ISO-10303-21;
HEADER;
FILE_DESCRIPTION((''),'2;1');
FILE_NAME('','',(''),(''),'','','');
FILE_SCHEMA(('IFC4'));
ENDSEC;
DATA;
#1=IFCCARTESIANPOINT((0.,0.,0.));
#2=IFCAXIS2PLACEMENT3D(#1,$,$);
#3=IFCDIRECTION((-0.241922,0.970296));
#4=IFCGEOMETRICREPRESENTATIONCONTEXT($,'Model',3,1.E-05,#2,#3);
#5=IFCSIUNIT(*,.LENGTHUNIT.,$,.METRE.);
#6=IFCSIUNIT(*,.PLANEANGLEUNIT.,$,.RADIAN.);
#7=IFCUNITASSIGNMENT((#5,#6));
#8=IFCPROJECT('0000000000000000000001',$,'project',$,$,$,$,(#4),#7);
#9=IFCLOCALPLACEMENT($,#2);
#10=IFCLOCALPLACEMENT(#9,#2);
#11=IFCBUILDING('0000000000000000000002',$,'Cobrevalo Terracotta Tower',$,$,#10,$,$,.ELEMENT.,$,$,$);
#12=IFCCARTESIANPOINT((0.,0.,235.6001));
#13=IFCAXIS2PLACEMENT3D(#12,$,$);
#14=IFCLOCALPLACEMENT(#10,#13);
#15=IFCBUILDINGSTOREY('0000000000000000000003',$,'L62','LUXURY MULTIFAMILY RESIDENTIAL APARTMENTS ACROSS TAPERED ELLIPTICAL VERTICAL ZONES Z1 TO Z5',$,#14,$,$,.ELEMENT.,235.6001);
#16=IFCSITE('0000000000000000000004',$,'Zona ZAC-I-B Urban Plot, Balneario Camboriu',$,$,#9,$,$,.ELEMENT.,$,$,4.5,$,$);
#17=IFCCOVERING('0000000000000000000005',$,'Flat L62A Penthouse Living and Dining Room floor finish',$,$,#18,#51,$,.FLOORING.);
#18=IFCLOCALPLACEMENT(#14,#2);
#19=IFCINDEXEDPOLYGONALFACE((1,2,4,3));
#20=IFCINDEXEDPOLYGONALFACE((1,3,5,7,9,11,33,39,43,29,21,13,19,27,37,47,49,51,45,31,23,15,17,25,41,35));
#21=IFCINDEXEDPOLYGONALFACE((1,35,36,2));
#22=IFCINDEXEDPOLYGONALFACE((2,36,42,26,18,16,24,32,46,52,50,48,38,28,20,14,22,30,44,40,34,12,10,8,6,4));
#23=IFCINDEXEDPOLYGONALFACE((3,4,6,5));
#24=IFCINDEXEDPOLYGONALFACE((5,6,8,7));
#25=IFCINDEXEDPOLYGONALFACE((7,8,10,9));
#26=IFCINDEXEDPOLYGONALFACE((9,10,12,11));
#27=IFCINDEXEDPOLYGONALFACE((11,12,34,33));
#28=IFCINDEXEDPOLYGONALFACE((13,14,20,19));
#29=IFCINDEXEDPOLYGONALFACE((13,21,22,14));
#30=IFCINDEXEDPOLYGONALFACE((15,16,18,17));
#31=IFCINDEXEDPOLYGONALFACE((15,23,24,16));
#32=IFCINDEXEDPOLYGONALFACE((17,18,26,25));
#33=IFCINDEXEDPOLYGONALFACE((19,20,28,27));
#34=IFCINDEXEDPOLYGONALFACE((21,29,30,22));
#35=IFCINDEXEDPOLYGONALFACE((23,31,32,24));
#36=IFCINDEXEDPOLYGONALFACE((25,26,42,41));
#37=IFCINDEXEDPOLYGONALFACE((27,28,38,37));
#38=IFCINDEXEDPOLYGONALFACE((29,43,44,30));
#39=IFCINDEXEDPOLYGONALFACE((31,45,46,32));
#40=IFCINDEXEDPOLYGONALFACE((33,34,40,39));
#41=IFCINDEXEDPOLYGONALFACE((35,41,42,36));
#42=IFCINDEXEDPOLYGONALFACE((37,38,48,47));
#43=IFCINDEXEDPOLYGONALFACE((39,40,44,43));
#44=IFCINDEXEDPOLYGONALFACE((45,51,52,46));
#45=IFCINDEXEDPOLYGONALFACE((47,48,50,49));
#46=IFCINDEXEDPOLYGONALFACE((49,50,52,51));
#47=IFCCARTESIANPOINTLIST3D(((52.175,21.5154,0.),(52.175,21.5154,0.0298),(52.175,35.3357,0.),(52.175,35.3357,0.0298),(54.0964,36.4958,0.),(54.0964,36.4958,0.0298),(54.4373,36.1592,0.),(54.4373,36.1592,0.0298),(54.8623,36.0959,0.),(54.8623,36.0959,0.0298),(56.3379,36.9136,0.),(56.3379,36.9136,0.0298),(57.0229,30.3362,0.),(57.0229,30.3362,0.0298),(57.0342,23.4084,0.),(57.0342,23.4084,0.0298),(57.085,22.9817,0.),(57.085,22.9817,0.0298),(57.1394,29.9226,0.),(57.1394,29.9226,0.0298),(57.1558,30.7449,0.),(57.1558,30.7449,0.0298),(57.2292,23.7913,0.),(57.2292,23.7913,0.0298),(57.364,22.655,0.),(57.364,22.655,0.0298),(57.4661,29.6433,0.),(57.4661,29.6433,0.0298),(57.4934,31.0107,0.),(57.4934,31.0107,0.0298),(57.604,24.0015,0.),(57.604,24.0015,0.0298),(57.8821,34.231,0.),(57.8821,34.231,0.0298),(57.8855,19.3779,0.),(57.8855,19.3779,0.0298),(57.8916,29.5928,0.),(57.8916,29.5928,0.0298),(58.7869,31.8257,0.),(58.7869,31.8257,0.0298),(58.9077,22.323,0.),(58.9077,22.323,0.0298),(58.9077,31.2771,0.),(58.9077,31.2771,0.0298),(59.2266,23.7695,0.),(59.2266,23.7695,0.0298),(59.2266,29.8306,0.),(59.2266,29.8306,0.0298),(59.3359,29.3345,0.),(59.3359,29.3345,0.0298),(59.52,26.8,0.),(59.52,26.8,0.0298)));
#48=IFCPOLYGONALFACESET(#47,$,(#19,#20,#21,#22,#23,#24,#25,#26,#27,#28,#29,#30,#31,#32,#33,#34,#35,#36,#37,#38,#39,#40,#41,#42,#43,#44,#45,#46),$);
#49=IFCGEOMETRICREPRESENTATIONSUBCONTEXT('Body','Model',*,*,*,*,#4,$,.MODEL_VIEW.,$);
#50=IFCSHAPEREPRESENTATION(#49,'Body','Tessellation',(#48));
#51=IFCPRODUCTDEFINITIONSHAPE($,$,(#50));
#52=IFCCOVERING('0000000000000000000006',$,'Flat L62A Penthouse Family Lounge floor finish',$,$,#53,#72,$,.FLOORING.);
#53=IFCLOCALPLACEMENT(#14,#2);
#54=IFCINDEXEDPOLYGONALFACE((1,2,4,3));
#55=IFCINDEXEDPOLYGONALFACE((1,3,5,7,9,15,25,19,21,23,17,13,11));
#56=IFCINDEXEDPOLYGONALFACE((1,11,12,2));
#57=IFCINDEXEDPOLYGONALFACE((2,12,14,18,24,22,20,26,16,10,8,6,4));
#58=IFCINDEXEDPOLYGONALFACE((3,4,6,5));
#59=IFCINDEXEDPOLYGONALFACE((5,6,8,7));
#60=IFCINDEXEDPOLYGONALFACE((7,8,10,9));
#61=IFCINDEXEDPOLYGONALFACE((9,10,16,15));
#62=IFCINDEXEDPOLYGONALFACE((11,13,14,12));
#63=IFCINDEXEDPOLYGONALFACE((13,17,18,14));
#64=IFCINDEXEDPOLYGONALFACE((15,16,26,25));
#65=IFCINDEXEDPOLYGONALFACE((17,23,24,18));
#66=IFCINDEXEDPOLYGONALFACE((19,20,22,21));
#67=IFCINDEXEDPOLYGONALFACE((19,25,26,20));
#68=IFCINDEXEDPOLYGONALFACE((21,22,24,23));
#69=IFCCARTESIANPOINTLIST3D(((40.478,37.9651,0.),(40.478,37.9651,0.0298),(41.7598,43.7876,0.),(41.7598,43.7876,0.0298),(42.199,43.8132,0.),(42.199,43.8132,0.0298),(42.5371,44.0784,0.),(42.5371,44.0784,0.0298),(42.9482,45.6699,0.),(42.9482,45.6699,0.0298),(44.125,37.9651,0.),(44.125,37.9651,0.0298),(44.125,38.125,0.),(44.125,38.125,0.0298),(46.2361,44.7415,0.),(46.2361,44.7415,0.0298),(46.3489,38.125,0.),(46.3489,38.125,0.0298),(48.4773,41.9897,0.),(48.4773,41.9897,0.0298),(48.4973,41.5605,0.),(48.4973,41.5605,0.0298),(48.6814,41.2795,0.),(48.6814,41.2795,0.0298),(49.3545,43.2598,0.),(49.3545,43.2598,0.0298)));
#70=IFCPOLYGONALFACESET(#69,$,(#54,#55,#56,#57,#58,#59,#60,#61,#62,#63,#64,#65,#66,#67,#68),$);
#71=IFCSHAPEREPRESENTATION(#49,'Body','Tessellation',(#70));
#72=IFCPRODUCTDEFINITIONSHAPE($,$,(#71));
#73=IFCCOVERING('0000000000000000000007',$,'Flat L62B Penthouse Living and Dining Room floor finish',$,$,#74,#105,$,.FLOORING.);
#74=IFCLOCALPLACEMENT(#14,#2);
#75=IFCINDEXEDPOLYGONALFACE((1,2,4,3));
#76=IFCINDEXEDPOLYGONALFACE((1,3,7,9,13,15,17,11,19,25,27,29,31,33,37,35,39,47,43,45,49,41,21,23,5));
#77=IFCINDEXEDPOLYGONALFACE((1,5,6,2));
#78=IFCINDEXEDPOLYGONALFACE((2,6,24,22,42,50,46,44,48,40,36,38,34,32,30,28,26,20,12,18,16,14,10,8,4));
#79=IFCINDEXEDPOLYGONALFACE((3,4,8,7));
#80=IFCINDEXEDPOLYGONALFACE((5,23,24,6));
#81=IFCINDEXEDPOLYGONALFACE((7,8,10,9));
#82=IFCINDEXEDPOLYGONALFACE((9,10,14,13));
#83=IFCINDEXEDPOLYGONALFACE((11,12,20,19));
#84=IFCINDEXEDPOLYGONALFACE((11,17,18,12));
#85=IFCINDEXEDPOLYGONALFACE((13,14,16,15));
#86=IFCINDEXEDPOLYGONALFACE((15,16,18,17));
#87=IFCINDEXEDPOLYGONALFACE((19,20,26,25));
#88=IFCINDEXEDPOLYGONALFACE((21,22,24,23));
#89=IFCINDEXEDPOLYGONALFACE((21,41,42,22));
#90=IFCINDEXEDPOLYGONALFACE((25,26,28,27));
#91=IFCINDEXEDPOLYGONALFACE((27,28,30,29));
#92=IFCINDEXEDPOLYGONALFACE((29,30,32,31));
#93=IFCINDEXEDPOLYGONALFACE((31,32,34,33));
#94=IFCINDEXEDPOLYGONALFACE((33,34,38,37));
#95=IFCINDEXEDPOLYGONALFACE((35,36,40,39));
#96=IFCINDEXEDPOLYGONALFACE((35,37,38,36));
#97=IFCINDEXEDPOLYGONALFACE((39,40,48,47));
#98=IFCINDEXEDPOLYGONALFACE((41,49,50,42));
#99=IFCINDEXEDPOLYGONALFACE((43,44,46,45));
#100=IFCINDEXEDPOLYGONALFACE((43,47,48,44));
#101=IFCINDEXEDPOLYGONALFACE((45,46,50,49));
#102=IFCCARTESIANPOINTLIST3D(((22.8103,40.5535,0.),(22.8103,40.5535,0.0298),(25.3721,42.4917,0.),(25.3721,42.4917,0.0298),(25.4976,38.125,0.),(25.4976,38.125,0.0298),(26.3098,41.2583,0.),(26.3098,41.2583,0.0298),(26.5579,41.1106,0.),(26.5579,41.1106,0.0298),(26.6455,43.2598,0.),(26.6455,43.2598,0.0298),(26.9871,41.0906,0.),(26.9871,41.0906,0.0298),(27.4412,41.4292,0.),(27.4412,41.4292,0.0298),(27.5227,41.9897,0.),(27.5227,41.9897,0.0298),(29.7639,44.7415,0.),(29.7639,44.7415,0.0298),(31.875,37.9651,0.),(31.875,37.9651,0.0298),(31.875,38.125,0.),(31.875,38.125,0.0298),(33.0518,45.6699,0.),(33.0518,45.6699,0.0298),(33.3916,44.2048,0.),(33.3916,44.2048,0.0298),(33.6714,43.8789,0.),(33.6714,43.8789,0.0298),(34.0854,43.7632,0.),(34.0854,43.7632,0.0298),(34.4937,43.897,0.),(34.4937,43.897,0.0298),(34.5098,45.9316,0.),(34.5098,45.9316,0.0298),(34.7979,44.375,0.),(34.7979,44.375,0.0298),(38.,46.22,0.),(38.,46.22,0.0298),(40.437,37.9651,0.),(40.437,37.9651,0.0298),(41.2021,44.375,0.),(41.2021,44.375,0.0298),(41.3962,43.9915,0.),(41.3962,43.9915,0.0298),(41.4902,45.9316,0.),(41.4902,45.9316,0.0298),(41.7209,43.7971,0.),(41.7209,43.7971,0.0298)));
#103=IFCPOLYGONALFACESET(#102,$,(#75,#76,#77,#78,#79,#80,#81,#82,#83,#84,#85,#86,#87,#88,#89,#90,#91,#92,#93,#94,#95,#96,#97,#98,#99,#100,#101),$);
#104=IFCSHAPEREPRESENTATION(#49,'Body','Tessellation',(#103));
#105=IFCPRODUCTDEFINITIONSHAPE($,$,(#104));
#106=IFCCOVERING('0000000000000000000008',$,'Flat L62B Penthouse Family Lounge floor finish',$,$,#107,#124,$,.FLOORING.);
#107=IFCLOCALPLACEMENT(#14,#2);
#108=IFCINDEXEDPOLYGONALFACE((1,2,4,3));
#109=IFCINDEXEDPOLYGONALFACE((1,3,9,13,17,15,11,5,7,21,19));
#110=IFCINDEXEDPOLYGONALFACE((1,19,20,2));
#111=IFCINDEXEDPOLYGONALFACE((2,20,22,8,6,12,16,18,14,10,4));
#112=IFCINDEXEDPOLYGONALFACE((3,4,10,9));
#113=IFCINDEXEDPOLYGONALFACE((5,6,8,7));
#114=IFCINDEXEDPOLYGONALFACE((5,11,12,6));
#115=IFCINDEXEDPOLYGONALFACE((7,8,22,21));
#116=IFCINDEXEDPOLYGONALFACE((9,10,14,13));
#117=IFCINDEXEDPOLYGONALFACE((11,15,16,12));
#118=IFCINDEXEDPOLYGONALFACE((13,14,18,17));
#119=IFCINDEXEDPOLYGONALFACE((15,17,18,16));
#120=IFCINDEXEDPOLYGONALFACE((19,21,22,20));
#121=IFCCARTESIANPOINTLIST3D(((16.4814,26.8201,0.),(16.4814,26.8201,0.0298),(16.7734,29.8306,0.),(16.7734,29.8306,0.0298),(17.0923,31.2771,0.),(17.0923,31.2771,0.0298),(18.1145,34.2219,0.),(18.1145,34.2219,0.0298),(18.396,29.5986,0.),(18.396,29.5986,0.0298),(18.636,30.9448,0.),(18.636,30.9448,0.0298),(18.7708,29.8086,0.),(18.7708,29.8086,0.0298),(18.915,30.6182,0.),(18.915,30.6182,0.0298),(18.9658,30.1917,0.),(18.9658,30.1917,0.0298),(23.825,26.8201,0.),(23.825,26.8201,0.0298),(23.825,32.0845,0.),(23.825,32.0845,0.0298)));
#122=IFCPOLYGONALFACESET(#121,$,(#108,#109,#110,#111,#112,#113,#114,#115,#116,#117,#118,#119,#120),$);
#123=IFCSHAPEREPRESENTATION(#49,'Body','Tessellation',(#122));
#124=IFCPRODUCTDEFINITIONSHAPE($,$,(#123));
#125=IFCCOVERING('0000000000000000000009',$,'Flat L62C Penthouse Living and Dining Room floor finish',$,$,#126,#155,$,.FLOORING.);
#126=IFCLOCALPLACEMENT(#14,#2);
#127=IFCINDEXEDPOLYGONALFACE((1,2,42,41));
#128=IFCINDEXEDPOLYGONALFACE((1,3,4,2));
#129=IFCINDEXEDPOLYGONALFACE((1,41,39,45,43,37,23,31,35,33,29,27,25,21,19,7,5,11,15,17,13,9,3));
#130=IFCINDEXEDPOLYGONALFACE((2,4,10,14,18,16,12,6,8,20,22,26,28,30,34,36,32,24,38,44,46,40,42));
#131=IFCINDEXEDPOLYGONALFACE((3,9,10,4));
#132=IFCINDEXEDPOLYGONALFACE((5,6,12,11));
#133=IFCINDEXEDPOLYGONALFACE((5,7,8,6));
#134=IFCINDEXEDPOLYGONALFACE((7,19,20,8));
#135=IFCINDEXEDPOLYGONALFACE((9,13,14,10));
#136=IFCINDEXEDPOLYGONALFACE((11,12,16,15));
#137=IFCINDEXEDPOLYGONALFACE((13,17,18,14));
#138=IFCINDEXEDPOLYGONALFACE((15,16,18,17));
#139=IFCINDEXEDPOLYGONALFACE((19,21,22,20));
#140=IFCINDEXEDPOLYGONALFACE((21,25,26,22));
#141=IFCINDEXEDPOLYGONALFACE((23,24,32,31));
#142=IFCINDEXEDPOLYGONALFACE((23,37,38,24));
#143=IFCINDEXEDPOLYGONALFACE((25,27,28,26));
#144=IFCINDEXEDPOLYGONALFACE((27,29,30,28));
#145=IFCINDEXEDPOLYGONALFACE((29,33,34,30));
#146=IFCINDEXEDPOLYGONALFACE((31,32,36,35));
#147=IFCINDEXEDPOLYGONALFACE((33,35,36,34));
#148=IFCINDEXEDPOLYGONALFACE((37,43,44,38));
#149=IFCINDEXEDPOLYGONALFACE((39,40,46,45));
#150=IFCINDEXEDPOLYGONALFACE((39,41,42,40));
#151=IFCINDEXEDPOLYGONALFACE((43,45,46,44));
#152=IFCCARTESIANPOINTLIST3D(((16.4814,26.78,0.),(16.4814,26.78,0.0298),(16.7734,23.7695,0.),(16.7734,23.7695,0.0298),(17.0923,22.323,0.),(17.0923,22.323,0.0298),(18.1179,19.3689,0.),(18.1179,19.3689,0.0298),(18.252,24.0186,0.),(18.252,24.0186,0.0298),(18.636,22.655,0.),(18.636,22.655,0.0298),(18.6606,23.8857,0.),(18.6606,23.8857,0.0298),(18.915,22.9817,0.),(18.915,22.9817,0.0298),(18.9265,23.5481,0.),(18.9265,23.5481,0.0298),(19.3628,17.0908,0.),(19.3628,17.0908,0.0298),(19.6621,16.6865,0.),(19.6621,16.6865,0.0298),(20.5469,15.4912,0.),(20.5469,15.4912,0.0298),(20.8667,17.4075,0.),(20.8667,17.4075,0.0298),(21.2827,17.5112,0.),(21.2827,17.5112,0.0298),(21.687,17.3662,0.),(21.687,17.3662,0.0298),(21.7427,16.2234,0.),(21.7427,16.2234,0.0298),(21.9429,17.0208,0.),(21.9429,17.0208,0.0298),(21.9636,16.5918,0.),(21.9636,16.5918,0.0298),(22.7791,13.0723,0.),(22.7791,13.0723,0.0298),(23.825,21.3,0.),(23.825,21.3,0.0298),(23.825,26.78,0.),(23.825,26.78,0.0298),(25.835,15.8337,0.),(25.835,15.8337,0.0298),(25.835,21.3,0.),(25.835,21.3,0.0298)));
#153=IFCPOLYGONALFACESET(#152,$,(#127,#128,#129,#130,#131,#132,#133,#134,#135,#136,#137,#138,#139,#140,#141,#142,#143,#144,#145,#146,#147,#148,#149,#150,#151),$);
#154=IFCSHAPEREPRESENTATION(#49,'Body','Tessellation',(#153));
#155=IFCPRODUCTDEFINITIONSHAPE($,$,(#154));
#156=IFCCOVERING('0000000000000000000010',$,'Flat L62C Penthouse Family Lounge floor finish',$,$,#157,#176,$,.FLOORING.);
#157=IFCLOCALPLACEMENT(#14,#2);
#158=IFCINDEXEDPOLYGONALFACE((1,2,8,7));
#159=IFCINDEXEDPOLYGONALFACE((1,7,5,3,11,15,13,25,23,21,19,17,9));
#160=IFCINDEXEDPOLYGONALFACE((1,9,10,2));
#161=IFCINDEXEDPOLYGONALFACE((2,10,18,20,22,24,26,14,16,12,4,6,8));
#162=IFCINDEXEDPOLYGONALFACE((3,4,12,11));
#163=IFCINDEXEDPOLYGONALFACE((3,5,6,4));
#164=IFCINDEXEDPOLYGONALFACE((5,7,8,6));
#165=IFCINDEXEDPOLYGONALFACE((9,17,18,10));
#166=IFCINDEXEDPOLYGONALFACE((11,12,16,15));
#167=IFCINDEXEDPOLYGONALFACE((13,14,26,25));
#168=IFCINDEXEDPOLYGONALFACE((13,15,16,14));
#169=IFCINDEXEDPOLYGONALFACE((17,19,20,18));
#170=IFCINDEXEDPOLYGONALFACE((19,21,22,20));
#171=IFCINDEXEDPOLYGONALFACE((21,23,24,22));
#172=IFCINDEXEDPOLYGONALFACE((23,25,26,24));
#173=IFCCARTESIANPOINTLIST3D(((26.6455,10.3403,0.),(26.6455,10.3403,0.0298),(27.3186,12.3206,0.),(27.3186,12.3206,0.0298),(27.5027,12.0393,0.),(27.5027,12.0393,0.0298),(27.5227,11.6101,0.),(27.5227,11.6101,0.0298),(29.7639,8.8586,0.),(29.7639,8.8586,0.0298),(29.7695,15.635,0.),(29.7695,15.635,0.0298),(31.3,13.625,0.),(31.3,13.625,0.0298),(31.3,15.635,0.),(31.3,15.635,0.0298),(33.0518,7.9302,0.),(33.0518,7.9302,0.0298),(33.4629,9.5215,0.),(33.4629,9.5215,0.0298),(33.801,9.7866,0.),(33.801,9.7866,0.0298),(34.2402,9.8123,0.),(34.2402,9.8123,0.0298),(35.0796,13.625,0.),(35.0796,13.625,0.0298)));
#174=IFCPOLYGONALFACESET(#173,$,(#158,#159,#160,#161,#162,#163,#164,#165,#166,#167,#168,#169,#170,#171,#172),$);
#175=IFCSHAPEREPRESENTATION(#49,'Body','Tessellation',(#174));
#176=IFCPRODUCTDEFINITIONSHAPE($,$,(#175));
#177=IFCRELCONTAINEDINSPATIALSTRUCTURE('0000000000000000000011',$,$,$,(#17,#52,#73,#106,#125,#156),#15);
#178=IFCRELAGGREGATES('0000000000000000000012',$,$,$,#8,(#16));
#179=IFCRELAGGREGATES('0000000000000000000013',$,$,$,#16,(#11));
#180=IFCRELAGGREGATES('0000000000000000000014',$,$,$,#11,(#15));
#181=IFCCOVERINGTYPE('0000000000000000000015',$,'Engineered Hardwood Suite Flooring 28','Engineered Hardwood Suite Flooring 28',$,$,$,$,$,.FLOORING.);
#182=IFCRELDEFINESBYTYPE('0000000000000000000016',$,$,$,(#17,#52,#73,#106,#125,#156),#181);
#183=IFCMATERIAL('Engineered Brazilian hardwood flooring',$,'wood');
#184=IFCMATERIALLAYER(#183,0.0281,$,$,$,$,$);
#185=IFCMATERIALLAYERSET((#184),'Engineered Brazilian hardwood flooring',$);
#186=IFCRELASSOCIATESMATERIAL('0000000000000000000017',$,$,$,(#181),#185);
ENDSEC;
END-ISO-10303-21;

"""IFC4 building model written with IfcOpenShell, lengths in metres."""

from ifc_helpers import new_model, si_unit, direction, frame, origin, place, context, subcontext, project, spatial, polyline, outline, extrude, material, layer, layer_set, type_object, element, save


model = new_model("IFC4")

# Units and contexts
model_context = context("Model", 3, precision=1e-05, world=origin(), true_north=direction((-0.241922, 0.970296)))
body_context = subcontext(model_context, "Body", "Model", "MODEL_VIEW")
ifc_project = project(units=[si_unit("LENGTHUNIT", "METRE"), si_unit("PLANEANGLEUNIT", "RADIAN")], contexts=[model_context])

# Site, building, storey
site_placement = place(None, origin())
site = spatial("IfcSite", under=ifc_project, at=site_placement, Name="Zona ZAC-I-B Urban Plot, Balneario Camboriu", CompositionType="ELEMENT", RefElevation=4.5)
building_placement = place(site_placement, origin())
building = spatial("IfcBuilding", under=site, at=building_placement, Name="Cobrevalo Terracotta Tower", CompositionType="ELEMENT")
storey_placement = place(building_placement, frame((0.0, 0.0, 235.6001)))
storey = spatial("IfcBuildingStorey", under=building, at=storey_placement, Name="L62", Description="LUXURY MULTIFAMILY RESIDENTIAL APARTMENTS ACROSS TAPERED ELLIPTICAL VERTICAL ZONES Z1 TO Z5", CompositionType="ELEMENT", Elevation=235.6001)

# Coverings
ifc_material_1 = material(Name="Engineered Brazilian hardwood flooring", Category="wood")
ifc_layer_1 = layer(ifc_material_1, 0.0281)
ifc_layer_set_1 = layer_set([ifc_layer_1], Name="Engineered Brazilian hardwood flooring")
covering_type_1 = type_object("IfcCoveringType", Name="Engineered Hardwood Suite Flooring 28", Description="Engineered Hardwood Suite Flooring 28", PredefinedType="FLOORING", material=ifc_layer_set_1)
covering_1_placement = place(storey_placement, origin())
element("IfcCovering", 1, at=covering_1_placement, inside=storey, type_object=covering_type_1, Name="Flat L62A Penthouse Living and Dining Room floor finish", PredefinedType="FLOORING", context=body_context, shape_type="SweptSolid", body=[
    extrude(outline(polyline([(54.0964, 36.4958), (54.4373, 36.1592), (54.8623, 36.0959), (56.3379, 36.9136), (57.8821, 34.231), (58.7869, 31.8257), (58.9077, 31.2771), (57.4934, 31.0107), (57.1558, 30.7449), (57.0229, 30.3362), (57.1394, 29.9226), (57.4661, 29.6433), (57.8916, 29.5928), (59.2266, 29.8306), (59.3359, 29.3345), (59.52, 26.8), (59.2266, 23.7695), (57.604, 24.0015), (57.2292, 23.7913), (57.0342, 23.4084), (57.085, 22.9817), (57.364, 22.655), (58.9077, 22.323), (57.8855, 19.3779), (52.175, 21.5154), (52.175, 35.3357), (54.0964, 36.4958)])), origin(), (0.0, 0.0, 1.0), 0.0298),
])
covering_2_placement = place(storey_placement, origin())
element("IfcCovering", 2, at=covering_2_placement, inside=storey, type_object=covering_type_1, Name="Flat L62A Penthouse Family Lounge floor finish", PredefinedType="FLOORING", context=body_context, shape_type="SweptSolid", body=[
    extrude(outline(polyline([(44.125, 37.9651), (40.478, 37.9651), (41.7598, 43.7876), (42.199, 43.8132), (42.5371, 44.0784), (42.9482, 45.6699), (46.2361, 44.7415), (49.3545, 43.2598), (48.4773, 41.9897), (48.4973, 41.5605), (48.6814, 41.2795), (46.3489, 38.125), (44.125, 38.125), (44.125, 37.9651)])), origin(), (0.0, 0.0, 1.0), 0.0298),
])
covering_3_placement = place(storey_placement, origin())
element("IfcCovering", 3, at=covering_3_placement, inside=storey, type_object=covering_type_1, Name="Flat L62B Penthouse Living and Dining Room floor finish", PredefinedType="FLOORING", context=body_context, shape_type="SweptSolid", body=[
    extrude(outline(polyline([(25.3721, 42.4917), (26.3098, 41.2583), (26.5579, 41.1106), (26.9871, 41.0906), (27.4412, 41.4292), (27.5227, 41.9897), (26.6455, 43.2598), (29.7639, 44.7415), (33.0518, 45.6699), (33.3916, 44.2048), (33.6714, 43.8789), (34.0854, 43.7632), (34.4937, 43.897), (34.7979, 44.375), (34.5098, 45.9316), (38.0, 46.22), (41.4902, 45.9316), (41.2021, 44.375), (41.3962, 43.9915), (41.7209, 43.7971), (40.437, 37.9651), (31.875, 37.9651), (31.875, 38.125), (25.4976, 38.125), (22.8103, 40.5535), (25.3721, 42.4917)])), origin(), (0.0, 0.0, 1.0), 0.0298),
])
covering_4_placement = place(storey_placement, origin())
element("IfcCovering", 4, at=covering_4_placement, inside=storey, type_object=covering_type_1, Name="Flat L62B Penthouse Family Lounge floor finish", PredefinedType="FLOORING", context=body_context, shape_type="SweptSolid", body=[
    extrude(outline(polyline([(23.825, 32.0845), (23.825, 26.8201), (16.4814, 26.8201), (16.7734, 29.8306), (18.396, 29.5986), (18.7708, 29.8086), (18.9658, 30.1917), (18.915, 30.6182), (18.636, 30.9448), (17.0923, 31.2771), (18.1145, 34.2219), (23.825, 32.0845)])), origin(), (0.0, 0.0, 1.0), 0.0298),
])
covering_5_placement = place(storey_placement, origin())
element("IfcCovering", 5, at=covering_5_placement, inside=storey, type_object=covering_type_1, Name="Flat L62C Penthouse Living and Dining Room floor finish", PredefinedType="FLOORING", context=body_context, shape_type="SweptSolid", body=[
    extrude(outline(polyline([(22.7791, 13.0723), (20.5469, 15.4912), (21.7427, 16.2234), (21.9636, 16.5918), (21.9429, 17.0208), (21.687, 17.3662), (21.2827, 17.5112), (20.8667, 17.4075), (19.6621, 16.6865), (19.3628, 17.0908), (18.1179, 19.3689), (17.0923, 22.323), (18.636, 22.655), (18.915, 22.9817), (18.9265, 23.5481), (18.6606, 23.8857), (18.252, 24.0186), (16.7734, 23.7695), (16.4814, 26.78), (23.825, 26.78), (23.825, 21.3), (25.835, 21.3), (25.835, 15.8337), (22.7791, 13.0723)])), origin(), (0.0, 0.0, 1.0), 0.0298),
])
covering_6_placement = place(storey_placement, origin())
element("IfcCovering", 6, at=covering_6_placement, inside=storey, type_object=covering_type_1, Name="Flat L62C Penthouse Family Lounge floor finish", PredefinedType="FLOORING", context=body_context, shape_type="SweptSolid", body=[
    extrude(outline(polyline([(26.6455, 10.3403), (27.5227, 11.6101), (27.5027, 12.0393), (27.3186, 12.3206), (29.7695, 15.635), (31.3, 15.635), (31.3, 13.625), (35.0796, 13.625), (34.2402, 9.8123), (33.801, 9.7866), (33.4629, 9.5215), (33.0518, 7.9302), (29.7639, 8.8586), (26.6455, 10.3403)])), origin(), (0.0, 0.0, 1.0), 0.0298),
])

save(model, "model.ifc")
